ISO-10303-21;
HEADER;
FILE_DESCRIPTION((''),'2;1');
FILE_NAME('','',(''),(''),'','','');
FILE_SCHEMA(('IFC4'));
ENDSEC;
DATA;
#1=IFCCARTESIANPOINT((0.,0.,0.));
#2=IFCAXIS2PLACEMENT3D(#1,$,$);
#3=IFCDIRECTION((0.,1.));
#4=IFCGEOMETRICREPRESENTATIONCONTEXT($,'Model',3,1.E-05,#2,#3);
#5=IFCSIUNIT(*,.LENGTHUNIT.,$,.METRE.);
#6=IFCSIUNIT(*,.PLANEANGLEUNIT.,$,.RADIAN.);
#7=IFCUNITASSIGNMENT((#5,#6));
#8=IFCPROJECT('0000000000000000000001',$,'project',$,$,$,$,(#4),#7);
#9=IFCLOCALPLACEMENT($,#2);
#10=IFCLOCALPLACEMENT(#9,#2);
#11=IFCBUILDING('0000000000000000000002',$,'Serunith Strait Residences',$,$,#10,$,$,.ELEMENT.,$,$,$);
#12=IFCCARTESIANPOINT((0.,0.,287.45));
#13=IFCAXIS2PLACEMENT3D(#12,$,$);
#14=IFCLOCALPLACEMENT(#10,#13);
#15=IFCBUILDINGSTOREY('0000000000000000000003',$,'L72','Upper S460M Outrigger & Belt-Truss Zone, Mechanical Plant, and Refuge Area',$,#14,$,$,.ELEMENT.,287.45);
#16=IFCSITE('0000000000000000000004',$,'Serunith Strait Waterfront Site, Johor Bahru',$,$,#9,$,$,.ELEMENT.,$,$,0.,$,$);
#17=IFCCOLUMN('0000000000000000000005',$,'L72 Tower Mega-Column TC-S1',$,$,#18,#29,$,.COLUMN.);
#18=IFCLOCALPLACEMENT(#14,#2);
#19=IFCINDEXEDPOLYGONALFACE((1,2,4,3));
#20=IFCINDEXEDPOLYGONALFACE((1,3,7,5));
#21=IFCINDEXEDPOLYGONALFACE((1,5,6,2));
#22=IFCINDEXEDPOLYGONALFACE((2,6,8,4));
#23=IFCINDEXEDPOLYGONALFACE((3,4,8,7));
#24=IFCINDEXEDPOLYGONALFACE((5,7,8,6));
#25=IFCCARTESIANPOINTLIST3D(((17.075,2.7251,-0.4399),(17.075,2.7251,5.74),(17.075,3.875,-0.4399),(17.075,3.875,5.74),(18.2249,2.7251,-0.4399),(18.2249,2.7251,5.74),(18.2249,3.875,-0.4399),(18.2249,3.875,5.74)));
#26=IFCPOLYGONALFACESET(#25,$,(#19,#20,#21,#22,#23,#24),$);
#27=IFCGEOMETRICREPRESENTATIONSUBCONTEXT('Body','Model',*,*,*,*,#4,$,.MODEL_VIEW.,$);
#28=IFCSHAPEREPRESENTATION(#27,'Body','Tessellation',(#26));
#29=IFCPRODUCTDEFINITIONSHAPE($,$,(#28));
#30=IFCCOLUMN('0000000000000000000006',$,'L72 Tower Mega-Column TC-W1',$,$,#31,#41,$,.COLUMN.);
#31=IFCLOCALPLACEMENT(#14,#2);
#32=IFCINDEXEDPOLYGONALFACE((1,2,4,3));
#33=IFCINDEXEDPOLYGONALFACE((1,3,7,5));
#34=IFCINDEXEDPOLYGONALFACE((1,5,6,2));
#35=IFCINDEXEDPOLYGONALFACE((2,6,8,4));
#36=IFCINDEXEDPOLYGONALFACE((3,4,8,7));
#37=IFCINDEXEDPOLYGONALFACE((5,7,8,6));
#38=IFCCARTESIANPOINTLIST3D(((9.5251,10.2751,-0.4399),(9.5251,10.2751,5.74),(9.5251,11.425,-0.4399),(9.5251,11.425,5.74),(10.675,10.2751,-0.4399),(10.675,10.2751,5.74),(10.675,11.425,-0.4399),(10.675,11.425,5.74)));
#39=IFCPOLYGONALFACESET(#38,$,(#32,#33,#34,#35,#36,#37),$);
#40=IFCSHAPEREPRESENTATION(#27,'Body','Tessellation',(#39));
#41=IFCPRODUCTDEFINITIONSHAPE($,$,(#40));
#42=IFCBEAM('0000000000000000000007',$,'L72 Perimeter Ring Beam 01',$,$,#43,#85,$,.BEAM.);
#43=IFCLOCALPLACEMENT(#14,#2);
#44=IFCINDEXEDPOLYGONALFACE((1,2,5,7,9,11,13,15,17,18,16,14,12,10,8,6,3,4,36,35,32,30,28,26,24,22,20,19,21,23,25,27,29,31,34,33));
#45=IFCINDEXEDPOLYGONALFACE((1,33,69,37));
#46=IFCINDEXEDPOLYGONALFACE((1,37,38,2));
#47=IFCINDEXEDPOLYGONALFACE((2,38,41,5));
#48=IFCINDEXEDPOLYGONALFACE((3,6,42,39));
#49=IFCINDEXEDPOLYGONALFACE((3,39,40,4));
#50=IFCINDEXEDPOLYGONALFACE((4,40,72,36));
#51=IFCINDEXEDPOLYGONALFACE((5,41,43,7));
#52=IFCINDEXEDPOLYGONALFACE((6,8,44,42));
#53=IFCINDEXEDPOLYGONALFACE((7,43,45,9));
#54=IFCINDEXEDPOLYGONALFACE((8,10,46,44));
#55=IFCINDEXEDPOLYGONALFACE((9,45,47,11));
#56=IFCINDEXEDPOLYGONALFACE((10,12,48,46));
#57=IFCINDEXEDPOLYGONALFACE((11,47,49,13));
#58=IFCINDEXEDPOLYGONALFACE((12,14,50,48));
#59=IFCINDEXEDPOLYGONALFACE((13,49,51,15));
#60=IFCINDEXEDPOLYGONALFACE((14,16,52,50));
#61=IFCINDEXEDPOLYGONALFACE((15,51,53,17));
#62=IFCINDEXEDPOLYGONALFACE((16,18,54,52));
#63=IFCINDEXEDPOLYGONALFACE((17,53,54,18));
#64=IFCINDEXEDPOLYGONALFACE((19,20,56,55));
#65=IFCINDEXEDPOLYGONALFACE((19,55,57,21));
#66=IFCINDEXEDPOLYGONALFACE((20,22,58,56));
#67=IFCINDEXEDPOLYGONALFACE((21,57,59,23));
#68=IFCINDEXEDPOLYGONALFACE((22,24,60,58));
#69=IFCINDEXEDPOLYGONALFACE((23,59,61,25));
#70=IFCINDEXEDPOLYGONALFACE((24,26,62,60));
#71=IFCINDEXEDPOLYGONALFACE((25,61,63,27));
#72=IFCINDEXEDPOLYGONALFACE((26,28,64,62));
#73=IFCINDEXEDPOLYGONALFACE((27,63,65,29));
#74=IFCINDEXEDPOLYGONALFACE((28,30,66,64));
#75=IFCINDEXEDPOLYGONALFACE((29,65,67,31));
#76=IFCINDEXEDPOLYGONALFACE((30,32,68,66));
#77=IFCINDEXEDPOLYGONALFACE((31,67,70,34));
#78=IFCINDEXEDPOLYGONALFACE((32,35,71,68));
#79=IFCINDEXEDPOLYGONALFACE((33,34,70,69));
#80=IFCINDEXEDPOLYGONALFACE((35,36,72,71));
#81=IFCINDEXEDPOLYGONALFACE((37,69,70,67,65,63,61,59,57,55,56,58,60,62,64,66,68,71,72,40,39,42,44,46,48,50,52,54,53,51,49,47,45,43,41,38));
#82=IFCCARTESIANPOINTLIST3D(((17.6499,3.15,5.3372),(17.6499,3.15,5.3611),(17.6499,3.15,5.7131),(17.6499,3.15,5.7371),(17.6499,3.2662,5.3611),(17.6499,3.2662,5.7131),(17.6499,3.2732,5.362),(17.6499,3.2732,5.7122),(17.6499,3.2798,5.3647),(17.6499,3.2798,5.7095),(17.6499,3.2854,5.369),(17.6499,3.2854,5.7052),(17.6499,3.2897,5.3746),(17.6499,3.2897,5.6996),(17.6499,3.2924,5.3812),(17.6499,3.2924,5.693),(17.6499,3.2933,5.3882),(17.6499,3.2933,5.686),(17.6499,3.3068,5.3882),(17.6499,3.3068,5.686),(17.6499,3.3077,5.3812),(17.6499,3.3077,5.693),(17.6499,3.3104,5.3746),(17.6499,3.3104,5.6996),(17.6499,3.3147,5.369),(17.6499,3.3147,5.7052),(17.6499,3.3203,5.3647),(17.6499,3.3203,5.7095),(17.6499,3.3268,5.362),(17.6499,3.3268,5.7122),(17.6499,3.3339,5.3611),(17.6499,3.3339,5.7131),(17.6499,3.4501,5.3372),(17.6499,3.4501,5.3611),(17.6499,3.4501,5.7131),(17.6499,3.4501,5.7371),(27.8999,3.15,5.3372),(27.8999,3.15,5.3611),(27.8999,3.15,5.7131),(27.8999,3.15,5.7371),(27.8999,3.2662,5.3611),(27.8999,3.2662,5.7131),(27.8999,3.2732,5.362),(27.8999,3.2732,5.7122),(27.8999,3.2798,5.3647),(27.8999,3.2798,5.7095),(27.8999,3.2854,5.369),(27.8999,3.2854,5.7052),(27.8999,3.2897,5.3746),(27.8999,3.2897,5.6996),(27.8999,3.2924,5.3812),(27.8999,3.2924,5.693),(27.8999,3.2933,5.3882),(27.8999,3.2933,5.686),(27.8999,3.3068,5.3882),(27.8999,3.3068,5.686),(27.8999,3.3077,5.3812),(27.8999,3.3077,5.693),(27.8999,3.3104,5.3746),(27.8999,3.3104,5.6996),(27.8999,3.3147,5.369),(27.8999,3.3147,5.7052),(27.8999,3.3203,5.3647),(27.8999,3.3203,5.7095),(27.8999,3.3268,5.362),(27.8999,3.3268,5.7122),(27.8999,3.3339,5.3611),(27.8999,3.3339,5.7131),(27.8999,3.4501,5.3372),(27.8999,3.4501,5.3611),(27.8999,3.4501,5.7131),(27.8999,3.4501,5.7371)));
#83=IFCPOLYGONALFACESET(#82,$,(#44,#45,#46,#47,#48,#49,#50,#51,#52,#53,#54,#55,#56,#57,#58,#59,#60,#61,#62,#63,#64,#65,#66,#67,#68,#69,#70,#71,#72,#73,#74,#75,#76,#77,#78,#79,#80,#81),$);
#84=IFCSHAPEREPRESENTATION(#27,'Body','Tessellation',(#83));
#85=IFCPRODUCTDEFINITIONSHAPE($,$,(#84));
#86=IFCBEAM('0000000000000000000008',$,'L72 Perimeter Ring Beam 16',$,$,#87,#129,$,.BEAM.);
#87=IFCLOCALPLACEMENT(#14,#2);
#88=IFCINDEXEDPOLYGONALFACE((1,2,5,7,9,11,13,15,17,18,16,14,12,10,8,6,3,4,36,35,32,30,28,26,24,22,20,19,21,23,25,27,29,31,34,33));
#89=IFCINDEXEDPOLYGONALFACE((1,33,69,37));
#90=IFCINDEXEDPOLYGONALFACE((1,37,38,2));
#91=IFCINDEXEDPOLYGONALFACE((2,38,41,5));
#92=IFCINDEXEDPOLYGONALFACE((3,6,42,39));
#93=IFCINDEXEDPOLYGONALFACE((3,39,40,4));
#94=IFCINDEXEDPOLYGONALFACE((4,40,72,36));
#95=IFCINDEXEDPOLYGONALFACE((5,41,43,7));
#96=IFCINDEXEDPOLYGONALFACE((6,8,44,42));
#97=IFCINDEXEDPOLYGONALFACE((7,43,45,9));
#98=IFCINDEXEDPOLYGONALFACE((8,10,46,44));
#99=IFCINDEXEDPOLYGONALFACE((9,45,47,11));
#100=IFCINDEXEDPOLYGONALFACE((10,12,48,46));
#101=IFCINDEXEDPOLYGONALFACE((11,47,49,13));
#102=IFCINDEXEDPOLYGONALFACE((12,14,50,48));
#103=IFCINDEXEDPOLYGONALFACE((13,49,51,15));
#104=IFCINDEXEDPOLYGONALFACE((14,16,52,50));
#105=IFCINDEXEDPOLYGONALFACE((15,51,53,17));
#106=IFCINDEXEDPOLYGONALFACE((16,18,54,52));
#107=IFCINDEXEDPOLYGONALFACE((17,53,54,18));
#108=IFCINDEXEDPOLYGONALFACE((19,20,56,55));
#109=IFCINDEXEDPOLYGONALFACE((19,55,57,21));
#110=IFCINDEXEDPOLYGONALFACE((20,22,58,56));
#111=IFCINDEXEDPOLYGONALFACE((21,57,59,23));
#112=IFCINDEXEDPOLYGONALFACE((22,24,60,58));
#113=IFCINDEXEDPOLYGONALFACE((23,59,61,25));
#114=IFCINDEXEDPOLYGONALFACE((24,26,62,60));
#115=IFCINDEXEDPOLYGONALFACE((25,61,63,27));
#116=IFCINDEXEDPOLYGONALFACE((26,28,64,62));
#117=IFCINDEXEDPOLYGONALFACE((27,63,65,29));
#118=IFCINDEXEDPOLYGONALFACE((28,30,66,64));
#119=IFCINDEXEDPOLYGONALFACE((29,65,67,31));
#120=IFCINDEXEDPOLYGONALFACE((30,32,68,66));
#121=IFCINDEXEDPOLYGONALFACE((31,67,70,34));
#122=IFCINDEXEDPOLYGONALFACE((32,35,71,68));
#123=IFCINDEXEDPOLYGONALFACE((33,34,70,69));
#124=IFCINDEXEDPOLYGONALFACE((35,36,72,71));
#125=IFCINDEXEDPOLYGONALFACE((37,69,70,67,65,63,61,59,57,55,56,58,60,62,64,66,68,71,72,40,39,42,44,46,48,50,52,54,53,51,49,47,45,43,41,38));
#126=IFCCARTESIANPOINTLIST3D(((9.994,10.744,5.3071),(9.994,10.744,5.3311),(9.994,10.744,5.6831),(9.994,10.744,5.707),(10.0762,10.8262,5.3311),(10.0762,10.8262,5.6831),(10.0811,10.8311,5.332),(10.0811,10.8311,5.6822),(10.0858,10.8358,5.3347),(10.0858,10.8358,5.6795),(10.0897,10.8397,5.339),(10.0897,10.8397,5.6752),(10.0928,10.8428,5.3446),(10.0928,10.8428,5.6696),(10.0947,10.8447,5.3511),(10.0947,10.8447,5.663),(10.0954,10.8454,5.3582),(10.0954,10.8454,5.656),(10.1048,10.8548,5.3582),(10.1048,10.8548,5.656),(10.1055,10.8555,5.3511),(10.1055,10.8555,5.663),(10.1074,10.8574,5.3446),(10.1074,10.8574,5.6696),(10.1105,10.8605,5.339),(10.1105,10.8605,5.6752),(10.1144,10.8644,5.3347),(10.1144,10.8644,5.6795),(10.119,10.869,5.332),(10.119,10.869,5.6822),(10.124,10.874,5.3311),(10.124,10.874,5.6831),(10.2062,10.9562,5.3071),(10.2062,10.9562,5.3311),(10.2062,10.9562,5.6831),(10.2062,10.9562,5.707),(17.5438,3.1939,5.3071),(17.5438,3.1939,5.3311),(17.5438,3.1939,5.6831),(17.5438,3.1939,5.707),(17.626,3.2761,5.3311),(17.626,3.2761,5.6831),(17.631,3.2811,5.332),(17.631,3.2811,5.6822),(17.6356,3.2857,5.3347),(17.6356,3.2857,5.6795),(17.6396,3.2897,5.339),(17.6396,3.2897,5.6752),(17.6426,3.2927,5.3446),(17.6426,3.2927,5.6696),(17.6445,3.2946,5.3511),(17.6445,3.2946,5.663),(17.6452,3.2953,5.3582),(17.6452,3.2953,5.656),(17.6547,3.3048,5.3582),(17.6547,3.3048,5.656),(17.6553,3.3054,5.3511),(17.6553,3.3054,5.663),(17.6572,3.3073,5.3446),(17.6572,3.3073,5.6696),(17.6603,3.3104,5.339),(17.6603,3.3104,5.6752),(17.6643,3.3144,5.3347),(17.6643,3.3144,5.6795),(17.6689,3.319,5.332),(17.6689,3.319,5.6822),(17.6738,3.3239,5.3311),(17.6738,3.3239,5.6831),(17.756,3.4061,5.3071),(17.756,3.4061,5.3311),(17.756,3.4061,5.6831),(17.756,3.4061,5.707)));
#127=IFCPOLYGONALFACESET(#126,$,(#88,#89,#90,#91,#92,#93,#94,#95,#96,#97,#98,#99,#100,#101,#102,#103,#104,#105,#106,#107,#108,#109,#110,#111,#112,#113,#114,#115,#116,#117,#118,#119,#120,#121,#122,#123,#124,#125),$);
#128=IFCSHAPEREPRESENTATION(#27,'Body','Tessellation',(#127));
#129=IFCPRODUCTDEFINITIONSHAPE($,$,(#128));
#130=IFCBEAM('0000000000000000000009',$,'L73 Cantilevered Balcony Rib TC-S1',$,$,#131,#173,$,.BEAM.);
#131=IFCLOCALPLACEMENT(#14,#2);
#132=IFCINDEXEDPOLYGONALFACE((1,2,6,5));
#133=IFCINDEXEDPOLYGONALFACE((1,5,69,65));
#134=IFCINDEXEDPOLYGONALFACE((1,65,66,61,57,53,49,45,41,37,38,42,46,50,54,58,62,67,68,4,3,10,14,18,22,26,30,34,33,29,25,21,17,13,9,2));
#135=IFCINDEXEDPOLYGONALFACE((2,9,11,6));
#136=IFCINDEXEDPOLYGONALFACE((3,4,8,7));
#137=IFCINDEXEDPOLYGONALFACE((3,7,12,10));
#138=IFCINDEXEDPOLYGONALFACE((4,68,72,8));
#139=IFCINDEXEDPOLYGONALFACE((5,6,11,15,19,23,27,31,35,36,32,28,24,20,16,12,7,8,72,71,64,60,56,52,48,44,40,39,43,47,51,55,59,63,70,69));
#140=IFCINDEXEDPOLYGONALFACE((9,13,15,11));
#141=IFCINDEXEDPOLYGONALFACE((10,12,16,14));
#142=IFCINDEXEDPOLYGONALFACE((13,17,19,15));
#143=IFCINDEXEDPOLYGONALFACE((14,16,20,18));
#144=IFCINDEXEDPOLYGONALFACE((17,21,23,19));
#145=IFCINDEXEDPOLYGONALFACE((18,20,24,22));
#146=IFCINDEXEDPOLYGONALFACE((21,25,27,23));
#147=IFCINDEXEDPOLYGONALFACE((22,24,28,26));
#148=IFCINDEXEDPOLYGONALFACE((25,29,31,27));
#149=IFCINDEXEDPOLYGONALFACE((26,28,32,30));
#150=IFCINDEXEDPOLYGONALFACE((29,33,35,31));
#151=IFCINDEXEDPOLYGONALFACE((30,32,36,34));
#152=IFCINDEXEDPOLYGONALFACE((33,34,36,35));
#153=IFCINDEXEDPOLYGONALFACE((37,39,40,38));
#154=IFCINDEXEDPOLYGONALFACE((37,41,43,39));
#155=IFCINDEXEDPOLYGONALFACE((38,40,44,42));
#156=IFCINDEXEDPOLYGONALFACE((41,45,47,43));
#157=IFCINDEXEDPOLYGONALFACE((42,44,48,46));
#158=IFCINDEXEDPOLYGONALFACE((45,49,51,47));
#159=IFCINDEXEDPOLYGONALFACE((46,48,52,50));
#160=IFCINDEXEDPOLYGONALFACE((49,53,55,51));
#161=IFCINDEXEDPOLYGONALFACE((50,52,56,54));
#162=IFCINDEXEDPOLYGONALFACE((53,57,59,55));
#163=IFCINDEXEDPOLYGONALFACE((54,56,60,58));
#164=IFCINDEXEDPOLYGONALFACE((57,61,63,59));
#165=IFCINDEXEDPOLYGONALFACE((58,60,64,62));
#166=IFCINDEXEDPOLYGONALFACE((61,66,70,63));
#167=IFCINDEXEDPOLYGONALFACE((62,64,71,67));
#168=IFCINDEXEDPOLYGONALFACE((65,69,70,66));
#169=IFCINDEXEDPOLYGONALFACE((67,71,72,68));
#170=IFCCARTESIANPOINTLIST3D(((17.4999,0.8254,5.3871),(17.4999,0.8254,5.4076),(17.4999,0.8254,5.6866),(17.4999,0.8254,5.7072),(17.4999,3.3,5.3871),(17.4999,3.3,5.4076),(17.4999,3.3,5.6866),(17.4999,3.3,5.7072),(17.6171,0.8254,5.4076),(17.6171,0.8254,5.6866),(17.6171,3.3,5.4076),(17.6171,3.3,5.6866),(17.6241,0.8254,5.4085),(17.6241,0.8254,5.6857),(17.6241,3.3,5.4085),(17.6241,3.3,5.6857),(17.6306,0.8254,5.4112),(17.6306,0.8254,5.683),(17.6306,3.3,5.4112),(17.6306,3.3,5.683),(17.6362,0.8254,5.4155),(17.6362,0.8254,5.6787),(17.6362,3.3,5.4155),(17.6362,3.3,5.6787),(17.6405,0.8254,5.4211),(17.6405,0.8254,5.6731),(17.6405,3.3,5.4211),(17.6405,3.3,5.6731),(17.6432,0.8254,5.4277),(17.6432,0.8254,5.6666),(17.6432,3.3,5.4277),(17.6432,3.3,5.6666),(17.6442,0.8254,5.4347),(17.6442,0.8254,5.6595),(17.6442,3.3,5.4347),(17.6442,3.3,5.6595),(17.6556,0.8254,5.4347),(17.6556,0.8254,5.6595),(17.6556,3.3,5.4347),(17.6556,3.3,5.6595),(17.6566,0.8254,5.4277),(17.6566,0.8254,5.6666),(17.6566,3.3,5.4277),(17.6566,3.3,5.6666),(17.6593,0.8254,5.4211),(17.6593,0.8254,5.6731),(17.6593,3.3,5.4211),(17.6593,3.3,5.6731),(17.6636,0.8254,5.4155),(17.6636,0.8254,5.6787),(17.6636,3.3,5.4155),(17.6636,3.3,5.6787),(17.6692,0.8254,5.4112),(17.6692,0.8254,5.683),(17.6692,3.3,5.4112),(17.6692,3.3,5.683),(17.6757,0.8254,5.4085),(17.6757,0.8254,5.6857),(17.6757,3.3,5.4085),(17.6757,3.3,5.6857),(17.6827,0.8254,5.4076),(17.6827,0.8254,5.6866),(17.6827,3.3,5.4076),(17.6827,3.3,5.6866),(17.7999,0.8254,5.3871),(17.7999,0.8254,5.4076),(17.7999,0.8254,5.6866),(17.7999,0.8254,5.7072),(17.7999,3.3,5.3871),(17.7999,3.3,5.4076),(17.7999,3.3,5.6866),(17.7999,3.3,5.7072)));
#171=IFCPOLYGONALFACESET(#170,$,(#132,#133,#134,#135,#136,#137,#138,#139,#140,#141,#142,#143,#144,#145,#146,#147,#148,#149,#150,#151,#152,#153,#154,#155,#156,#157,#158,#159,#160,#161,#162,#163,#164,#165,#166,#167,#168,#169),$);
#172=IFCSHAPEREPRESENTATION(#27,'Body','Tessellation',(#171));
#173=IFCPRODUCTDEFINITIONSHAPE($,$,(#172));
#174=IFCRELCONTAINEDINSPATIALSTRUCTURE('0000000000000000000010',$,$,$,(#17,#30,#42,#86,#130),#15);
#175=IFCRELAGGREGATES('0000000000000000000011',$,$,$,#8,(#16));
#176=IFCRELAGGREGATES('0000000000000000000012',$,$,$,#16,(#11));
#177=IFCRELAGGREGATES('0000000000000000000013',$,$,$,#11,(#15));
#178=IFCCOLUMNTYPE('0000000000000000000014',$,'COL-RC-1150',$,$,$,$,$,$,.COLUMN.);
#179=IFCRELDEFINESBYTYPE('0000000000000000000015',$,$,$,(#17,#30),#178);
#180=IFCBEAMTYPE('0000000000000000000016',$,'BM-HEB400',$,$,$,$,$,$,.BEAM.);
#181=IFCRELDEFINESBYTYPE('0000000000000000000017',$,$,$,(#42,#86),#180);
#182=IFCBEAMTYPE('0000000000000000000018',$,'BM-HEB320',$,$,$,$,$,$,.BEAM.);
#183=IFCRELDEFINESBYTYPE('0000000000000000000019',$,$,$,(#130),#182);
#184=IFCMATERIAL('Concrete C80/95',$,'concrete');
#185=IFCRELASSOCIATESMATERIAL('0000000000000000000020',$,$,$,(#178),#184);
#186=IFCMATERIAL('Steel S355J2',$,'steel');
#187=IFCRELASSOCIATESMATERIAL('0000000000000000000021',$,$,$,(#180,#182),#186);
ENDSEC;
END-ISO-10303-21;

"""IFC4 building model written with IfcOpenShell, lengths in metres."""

from ifc_helpers import new_model, si_unit, direction, frame, origin, origin_2d, place, context, subcontext, project, spatial, rectangle, i_section, extrude, source, transform, mapped, material, material_profile, profile_set, type_object, element, save


model = new_model("IFC4")

# Units and contexts
model_context = context("Model", 3, precision=1e-05, world=origin(), true_north=direction((0.0, 1.0)))
body_context = subcontext(model_context, "Body", "Model", "MODEL_VIEW")
ifc_project = project(units=[si_unit("LENGTHUNIT", "METRE"), si_unit("PLANEANGLEUNIT", "RADIAN")], contexts=[model_context])

# Site, building, storey
site_placement = place(None, origin())
site = spatial("IfcSite", under=ifc_project, at=site_placement, Name="Serunith Strait Waterfront Site, Johor Bahru", CompositionType="ELEMENT", RefElevation=0.0)
building_placement = place(site_placement, origin())
building = spatial("IfcBuilding", under=site, at=building_placement, Name="Serunith Strait Residences", CompositionType="ELEMENT")
storey_placement = place(building_placement, frame((0.0, 0.0, 287.45)))
storey = spatial("IfcBuildingStorey", under=building, at=storey_placement, Name="L72", Description="Upper S460M Outrigger & Belt-Truss Zone, Mechanical Plant, and Refuge Area", CompositionType="ELEMENT", Elevation=287.45)

# Columns
ifc_material_1 = material(Name="Concrete C80/95", Category="concrete")
ifc_material_profile_1 = material_profile(ifc_material_1, rectangle(XDim=1.1499, YDim=1.1499, at=origin_2d()), Name="RC 1150x1150")
ifc_profile_set_1 = profile_set([ifc_material_profile_1], Name="Concrete C80/95")
column_type = type_object("IfcColumnType", Name="COL-RC-1150", PredefinedType="COLUMN", material=ifc_profile_set_1)
shared_shape_1 = source(origin(), body_context, "Body", "SweptSolid", [
    extrude(rectangle(XDim=1.1499, YDim=1.1499, at=origin_2d()), origin(), (0.0, 0.0, 1.0), 6.1799),
])
for number, where, z_axis, x_axis, name in (
    (1, (17.6499, 3.3, -0.4399), (0.0, 0.0, 1.0), (1.0, 0.0, 0.0), "L72 Tower Mega-Column TC-S1"),
    (2, (10.1001, 10.8501, -0.4399), (0.0, 0.0, 1.0), (1.0, 0.0, 0.0), "L72 Tower Mega-Column TC-W1"),
):
    element("IfcColumn", number, at=place(storey_placement, frame(where, z_axis=z_axis, x_axis=x_axis)), inside=storey, type_object=column_type, Name=name, PredefinedType="COLUMN", context=body_context, shape_type="MappedRepresentation", body=[
        mapped(shared_shape_1, transform((0.0, 0.0, 0.0), scale=1.0)),
    ])

# Beams
ifc_material_2 = material(Name="Steel S355J2", Category="steel")
ifc_material_profile_2 = material_profile(ifc_material_2, i_section(OverallWidth=0.3, OverallDepth=0.3999, WebThickness=0.0134, FlangeThickness=0.0239, FilletRadius=0.0271, at=origin_2d()), Name="HEB 400")
ifc_profile_set_2 = profile_set([ifc_material_profile_2], Name="Steel S355J2")
beam_type_1 = type_object("IfcBeamType", Name="BM-HEB400", PredefinedType="BEAM", material=ifc_profile_set_2)
shared_shape_2 = source(origin(), body_context, "Body", "SweptSolid", [
    extrude(i_section(OverallWidth=0.3, OverallDepth=0.3999, WebThickness=0.0134, FlangeThickness=0.0239, FilletRadius=0.0271, at=origin_2d()), origin(), (0.0, 0.0, 1.0), 10.25),
])
beam_1_placement = place(storey_placement, frame((17.6499, 3.3, 5.5371), z_axis=(1.0, 0.0, 0.0), x_axis=(0.0, 1.0, 0.0)))
element("IfcBeam", 3, at=beam_1_placement, inside=storey, type_object=beam_type_1, Name="L72 Perimeter Ring Beam 01", PredefinedType="BEAM", context=body_context, shape_type="MappedRepresentation", body=[
    mapped(shared_shape_2, transform((0.0, 0.0, 0.0), scale=1.0)),
])
shared_shape_3 = source(origin(), body_context, "Body", "SweptSolid", [
    extrude(i_section(OverallWidth=0.3, OverallDepth=0.3999, WebThickness=0.0134, FlangeThickness=0.0239, FilletRadius=0.0271, at=origin_2d()), origin(), (0.0, 0.0, 1.0), 10.6772),
])
beam_2_placement = place(storey_placement, frame((10.1001, 10.8501, 5.5071), z_axis=(0.707095, -0.707118, 0.0), x_axis=(0.707118, 0.707095, 0.0)))
element("IfcBeam", 4, at=beam_2_placement, inside=storey, type_object=beam_type_1, Name="L72 Perimeter Ring Beam 16", PredefinedType="BEAM", context=body_context, shape_type="MappedRepresentation", body=[
    mapped(shared_shape_3, transform((0.0, 0.0, 0.0), scale=1.0)),
])
ifc_material_profile_3 = material_profile(ifc_material_2, i_section(OverallWidth=0.3, OverallDepth=0.3201, WebThickness=0.0115, FlangeThickness=0.0205, FilletRadius=0.0271, at=origin_2d()), Name="HEB 320")
ifc_profile_set_3 = profile_set([ifc_material_profile_3], Name="Steel S355J2")
beam_type_2 = type_object("IfcBeamType", Name="BM-HEB320", PredefinedType="BEAM", material=ifc_profile_set_3)
shared_shape_4 = source(origin(), body_context, "Body", "SweptSolid", [
    extrude(i_section(OverallWidth=0.3, OverallDepth=0.3201, WebThickness=0.0115, FlangeThickness=0.0205, FilletRadius=0.0271, at=origin_2d()), origin(), (0.0, 0.0, 1.0), 2.4746),
])
beam_3_placement = place(storey_placement, frame((17.6499, 3.3, 5.5471), z_axis=(0.0, -1.0, 0.0), x_axis=(1.0, 0.0, 0.0)))
element("IfcBeam", 5, at=beam_3_placement, inside=storey, type_object=beam_type_2, Name="L73 Cantilevered Balcony Rib TC-S1", PredefinedType="BEAM", context=body_context, shape_type="MappedRepresentation", body=[
    mapped(shared_shape_4, transform((0.0, 0.0, 0.0), scale=1.0)),
])

save(model, "model.ifc")
